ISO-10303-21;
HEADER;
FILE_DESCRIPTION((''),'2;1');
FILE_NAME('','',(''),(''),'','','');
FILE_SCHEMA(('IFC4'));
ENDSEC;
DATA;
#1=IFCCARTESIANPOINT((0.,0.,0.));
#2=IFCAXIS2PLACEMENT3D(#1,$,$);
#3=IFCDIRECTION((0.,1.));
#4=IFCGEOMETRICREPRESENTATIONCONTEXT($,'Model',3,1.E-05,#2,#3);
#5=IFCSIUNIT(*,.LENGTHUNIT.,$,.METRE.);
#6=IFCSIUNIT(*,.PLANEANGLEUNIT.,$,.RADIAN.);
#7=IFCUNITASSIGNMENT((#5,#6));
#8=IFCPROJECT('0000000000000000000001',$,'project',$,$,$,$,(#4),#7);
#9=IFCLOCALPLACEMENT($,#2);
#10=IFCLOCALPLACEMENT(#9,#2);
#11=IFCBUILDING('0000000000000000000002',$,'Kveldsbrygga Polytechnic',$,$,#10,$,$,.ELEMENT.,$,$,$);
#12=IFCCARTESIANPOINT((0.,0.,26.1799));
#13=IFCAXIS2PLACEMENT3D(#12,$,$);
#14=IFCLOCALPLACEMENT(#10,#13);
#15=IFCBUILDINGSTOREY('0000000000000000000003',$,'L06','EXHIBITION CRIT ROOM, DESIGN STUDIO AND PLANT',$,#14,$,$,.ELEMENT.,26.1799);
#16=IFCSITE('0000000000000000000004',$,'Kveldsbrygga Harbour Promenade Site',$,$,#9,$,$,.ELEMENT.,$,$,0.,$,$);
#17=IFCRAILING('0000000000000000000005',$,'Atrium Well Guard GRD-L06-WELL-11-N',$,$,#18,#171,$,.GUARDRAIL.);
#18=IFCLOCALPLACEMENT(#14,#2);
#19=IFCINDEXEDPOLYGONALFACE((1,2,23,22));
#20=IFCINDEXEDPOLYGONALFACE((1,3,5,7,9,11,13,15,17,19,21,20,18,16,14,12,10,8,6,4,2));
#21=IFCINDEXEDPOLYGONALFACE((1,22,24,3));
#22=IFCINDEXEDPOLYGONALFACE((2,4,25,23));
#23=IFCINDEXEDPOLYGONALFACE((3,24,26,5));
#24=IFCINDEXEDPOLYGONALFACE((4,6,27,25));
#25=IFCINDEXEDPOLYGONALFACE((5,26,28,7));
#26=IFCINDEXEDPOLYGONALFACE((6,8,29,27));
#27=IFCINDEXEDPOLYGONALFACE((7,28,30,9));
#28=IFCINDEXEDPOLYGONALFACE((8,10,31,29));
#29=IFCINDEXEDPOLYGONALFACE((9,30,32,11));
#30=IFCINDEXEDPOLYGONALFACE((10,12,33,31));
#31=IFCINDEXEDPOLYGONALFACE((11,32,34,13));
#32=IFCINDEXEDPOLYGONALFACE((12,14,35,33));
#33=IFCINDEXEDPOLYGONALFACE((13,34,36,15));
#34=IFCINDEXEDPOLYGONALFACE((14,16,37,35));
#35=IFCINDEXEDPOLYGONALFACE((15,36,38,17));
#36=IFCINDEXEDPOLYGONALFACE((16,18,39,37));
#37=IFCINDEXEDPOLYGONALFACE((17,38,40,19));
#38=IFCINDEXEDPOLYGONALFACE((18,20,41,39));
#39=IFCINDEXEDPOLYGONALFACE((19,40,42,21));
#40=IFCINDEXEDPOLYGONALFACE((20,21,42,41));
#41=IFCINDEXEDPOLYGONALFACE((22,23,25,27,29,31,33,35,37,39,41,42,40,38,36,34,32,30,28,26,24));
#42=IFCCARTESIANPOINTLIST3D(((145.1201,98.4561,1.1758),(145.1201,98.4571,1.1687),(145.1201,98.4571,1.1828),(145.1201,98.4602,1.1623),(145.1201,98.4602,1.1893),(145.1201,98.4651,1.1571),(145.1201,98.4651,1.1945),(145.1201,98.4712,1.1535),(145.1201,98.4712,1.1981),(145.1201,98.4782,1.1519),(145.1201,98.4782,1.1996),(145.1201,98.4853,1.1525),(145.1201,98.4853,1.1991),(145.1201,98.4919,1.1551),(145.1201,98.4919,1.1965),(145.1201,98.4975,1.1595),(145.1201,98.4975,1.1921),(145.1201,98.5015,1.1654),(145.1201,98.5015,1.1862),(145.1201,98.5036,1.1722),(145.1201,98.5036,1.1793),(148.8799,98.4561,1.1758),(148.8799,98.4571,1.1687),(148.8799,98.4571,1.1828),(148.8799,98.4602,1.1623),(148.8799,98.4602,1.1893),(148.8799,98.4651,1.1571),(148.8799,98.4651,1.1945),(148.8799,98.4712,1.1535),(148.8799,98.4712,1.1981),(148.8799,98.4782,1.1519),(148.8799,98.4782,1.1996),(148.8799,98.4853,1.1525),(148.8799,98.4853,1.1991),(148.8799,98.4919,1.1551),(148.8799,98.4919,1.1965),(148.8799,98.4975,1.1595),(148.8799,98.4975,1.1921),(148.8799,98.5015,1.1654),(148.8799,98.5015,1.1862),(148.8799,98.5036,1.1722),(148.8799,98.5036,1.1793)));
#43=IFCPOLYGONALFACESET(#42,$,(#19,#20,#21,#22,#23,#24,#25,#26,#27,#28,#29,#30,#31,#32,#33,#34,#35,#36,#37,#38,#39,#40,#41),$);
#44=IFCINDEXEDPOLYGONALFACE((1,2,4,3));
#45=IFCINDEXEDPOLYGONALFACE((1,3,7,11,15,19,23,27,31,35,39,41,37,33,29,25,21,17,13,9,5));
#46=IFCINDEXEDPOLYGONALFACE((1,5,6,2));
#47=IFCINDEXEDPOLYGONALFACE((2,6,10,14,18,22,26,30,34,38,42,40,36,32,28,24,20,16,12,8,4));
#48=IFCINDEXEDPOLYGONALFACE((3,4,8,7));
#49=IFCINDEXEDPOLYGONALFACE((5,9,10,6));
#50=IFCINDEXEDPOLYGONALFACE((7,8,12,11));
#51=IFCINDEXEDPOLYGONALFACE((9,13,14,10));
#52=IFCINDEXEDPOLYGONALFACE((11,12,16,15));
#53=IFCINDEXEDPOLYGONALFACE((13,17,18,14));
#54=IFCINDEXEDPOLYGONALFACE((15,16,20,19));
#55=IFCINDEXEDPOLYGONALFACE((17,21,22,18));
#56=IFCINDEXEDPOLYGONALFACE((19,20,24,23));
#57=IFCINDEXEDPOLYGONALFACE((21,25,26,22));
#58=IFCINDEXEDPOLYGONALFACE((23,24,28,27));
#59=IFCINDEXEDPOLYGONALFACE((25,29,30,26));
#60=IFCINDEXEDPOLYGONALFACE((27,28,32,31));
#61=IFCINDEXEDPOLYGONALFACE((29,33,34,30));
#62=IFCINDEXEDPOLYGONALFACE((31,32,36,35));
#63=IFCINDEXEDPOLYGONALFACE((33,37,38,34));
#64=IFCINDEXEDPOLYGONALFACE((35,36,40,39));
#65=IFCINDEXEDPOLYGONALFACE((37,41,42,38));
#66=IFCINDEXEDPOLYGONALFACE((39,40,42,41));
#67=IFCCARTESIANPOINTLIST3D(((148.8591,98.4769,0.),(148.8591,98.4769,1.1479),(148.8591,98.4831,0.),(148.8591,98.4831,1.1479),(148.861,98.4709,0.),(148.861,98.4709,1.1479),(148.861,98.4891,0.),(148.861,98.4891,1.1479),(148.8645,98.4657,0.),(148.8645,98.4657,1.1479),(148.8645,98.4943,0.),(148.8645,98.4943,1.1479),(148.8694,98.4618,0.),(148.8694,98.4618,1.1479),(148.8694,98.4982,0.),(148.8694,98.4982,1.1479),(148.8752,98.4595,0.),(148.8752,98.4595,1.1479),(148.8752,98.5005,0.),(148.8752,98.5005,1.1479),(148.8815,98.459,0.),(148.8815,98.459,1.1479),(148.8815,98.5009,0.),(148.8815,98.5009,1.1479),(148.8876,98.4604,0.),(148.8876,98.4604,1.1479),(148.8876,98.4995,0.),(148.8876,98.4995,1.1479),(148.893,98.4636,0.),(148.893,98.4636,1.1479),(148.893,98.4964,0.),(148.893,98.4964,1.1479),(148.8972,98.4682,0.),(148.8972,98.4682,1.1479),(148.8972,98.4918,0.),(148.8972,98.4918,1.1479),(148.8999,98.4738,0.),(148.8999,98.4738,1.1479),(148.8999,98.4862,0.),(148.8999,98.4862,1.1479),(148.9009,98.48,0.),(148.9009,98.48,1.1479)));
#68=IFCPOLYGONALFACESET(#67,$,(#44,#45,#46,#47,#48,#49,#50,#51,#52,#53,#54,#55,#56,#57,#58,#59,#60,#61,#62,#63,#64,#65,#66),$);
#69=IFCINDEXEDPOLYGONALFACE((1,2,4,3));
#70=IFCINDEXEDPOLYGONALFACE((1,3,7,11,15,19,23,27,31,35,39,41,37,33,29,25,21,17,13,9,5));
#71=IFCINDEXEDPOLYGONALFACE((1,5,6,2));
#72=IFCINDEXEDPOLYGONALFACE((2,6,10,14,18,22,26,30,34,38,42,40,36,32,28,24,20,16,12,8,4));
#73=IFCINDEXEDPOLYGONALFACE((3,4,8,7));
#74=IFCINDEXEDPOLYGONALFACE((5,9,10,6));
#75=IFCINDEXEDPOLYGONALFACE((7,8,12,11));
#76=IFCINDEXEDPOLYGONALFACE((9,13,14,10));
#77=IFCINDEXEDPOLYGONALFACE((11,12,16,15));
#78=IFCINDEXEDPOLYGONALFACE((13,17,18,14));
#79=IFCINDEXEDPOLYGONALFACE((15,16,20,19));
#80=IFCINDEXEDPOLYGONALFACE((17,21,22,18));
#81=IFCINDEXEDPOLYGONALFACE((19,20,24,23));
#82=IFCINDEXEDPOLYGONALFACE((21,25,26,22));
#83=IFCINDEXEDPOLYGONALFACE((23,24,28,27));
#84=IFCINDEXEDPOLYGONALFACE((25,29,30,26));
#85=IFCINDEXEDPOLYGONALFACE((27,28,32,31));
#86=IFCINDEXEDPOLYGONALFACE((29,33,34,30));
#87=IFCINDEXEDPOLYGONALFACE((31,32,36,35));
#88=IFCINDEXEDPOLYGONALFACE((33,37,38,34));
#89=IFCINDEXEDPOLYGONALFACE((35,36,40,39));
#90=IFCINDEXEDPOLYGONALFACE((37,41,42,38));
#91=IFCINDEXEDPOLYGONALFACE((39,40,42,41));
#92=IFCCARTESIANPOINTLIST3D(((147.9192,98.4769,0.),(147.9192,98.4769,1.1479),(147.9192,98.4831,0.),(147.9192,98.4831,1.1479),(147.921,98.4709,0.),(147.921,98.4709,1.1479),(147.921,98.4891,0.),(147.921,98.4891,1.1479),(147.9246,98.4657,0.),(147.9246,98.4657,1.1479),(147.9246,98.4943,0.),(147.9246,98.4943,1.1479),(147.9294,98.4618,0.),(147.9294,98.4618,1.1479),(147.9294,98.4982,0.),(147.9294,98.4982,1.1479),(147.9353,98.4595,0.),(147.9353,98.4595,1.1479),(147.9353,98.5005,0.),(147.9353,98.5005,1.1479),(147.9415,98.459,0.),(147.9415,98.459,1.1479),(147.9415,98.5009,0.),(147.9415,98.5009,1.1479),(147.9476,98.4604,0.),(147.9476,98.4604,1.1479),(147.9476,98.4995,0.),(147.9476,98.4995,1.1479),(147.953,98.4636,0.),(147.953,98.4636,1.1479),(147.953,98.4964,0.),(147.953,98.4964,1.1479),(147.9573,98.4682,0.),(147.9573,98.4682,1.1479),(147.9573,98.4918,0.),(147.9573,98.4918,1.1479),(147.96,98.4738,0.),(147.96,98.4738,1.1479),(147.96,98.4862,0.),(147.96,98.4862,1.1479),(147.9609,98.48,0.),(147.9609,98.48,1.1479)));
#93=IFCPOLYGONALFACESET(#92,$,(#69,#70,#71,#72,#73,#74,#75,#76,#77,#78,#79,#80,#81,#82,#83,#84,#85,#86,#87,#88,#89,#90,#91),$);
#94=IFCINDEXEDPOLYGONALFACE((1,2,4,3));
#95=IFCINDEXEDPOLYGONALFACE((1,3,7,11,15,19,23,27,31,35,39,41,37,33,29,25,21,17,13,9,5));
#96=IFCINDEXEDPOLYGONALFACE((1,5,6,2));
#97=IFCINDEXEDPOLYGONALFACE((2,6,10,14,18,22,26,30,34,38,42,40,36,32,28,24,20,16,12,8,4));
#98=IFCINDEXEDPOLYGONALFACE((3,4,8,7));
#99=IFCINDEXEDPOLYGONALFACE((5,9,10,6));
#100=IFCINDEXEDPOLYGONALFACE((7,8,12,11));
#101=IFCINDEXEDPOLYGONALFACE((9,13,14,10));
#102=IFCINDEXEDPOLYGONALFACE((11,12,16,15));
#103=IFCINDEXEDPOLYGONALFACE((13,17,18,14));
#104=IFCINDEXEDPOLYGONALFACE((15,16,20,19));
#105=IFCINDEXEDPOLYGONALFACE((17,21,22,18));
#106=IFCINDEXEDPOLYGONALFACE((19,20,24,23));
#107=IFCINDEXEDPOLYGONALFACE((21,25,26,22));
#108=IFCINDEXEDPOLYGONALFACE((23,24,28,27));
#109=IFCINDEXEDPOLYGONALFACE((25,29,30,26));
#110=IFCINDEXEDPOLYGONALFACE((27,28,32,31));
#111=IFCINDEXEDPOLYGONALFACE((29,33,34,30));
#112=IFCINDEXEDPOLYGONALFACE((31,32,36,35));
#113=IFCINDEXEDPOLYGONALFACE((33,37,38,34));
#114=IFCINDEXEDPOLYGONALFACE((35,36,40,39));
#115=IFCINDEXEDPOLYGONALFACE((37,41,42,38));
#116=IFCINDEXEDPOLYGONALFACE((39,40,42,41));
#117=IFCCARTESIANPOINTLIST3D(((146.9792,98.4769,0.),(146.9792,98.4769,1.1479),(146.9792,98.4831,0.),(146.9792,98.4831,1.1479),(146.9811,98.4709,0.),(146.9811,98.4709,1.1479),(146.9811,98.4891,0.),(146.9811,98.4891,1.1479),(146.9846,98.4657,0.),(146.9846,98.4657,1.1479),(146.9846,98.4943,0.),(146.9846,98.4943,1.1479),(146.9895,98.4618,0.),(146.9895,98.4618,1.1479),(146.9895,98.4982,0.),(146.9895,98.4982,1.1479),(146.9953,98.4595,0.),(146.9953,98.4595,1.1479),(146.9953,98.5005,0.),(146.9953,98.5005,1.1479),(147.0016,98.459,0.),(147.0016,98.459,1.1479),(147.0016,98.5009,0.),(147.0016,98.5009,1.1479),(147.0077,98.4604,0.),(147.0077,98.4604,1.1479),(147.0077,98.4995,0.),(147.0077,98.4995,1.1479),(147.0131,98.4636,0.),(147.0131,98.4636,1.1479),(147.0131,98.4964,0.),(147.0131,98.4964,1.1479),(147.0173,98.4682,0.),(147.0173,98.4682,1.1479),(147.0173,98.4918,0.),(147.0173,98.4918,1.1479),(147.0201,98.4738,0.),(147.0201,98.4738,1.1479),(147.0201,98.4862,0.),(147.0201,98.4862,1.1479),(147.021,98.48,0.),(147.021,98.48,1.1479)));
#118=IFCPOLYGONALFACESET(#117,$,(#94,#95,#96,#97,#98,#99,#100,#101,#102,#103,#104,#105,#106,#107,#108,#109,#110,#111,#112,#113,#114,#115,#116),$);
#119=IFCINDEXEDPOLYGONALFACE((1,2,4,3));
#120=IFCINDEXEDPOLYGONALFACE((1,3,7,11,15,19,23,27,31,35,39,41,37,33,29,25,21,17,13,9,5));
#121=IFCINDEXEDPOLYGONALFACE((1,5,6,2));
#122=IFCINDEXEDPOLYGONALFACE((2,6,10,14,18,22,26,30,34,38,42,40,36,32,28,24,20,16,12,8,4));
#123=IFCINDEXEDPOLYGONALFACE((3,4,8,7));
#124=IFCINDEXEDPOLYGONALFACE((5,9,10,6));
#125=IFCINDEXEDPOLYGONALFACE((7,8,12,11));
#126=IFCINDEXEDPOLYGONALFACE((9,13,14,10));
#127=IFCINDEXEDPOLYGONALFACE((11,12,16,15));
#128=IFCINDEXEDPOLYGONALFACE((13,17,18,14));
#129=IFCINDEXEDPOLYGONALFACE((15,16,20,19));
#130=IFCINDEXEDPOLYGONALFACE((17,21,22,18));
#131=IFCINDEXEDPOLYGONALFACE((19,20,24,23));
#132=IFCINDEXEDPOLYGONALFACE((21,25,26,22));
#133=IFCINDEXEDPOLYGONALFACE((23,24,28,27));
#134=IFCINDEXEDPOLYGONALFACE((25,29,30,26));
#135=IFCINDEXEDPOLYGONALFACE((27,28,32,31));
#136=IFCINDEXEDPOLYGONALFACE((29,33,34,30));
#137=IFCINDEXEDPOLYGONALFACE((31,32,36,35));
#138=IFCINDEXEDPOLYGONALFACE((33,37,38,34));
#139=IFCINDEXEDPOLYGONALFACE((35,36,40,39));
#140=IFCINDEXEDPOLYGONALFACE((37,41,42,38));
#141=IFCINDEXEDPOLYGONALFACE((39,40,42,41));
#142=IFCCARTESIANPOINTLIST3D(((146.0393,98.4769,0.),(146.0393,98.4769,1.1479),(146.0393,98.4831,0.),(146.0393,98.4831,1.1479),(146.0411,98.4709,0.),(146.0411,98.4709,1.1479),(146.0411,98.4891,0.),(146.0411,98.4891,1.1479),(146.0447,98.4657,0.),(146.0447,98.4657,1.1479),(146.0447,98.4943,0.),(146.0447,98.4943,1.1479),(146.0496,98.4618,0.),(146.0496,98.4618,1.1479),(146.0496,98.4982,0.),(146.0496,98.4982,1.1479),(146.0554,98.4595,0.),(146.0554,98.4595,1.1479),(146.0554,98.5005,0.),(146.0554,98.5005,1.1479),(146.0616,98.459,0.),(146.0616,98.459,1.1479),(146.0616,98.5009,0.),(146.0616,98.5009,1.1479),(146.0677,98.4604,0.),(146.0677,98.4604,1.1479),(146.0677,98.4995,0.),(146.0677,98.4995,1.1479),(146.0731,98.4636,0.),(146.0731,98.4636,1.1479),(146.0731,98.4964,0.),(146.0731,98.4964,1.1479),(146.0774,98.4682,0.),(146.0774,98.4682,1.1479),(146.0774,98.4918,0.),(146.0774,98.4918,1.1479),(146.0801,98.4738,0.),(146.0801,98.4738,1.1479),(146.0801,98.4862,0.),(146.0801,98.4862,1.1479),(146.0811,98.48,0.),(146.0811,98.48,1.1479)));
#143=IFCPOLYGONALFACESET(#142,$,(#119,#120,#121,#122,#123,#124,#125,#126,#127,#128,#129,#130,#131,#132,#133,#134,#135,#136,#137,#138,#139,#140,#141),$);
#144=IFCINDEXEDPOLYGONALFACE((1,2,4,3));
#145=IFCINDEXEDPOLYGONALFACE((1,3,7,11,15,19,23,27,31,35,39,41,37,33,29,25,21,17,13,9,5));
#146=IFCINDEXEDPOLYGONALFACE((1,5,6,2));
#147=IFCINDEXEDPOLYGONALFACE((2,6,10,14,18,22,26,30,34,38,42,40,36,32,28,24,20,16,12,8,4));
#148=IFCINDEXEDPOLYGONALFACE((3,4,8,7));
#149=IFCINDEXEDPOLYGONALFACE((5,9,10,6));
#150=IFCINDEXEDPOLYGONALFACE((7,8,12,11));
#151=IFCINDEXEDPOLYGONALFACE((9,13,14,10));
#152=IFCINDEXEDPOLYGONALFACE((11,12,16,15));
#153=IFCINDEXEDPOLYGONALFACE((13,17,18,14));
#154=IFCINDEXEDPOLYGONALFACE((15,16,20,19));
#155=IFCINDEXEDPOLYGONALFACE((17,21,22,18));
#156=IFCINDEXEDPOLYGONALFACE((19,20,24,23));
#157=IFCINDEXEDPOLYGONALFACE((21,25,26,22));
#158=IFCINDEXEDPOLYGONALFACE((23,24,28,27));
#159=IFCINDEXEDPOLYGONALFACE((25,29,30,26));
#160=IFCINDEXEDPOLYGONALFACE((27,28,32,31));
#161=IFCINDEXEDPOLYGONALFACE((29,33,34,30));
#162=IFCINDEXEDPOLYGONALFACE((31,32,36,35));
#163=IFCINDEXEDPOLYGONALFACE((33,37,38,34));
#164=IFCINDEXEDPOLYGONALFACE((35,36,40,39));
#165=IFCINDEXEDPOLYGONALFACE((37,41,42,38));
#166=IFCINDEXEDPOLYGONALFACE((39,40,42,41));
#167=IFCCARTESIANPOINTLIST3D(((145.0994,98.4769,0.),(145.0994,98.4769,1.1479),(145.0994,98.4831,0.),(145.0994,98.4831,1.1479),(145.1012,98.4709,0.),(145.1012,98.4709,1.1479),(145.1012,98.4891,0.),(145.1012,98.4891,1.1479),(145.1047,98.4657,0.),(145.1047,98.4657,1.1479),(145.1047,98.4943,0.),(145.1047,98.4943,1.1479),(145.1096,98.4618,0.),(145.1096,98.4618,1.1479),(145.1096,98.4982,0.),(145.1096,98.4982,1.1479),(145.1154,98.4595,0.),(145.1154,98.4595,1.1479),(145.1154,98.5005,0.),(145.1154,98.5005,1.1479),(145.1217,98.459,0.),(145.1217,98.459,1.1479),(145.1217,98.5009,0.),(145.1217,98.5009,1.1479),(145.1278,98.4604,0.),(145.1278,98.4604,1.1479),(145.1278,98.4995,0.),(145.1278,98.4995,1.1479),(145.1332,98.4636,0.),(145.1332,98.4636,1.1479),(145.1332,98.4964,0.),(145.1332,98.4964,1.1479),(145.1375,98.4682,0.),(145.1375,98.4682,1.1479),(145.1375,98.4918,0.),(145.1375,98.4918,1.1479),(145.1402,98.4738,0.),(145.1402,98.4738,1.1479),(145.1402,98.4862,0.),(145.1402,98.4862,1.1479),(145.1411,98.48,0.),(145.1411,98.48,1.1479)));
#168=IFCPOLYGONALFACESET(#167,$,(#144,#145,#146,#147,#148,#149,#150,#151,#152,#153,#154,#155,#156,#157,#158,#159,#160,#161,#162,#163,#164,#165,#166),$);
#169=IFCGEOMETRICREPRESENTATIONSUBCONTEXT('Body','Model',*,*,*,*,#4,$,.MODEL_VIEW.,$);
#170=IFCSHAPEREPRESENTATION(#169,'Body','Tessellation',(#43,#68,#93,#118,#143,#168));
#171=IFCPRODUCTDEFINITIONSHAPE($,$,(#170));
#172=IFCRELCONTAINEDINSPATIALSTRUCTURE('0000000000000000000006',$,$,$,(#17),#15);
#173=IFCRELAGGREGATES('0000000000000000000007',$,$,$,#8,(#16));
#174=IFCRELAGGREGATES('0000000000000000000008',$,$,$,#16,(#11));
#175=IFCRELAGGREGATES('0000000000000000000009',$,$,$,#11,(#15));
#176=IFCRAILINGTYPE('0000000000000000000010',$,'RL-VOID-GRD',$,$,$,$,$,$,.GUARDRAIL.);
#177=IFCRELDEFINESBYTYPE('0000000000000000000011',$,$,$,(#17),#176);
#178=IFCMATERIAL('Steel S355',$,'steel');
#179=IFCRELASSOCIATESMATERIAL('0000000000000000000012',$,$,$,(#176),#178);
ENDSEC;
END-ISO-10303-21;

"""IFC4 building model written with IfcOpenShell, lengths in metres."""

from ifc_helpers import new_model, si_unit, direction, frame, origin, origin_2d, place, context, subcontext, project, spatial, circle, extrude, material, type_object, element, save


model = new_model("IFC4")

# Units and contexts
model_context = context("Model", 3, precision=1e-05, world=origin(), true_north=direction((0.0, 1.0)))
body_context = subcontext(model_context, "Body", "Model", "MODEL_VIEW")
ifc_project = project(units=[si_unit("LENGTHUNIT", "METRE"), si_unit("PLANEANGLEUNIT", "RADIAN")], contexts=[model_context])

# Site, building, storey
site_placement = place(None, origin())
site = spatial("IfcSite", under=ifc_project, at=site_placement, Name="Kveldsbrygga Harbour Promenade Site", CompositionType="ELEMENT", RefElevation=0.0)
building_placement = place(site_placement, origin())
building = spatial("IfcBuilding", under=site, at=building_placement, Name="Kveldsbrygga Polytechnic", CompositionType="ELEMENT")
storey_placement = place(building_placement, frame((0.0, 0.0, 26.1799)))
storey = spatial("IfcBuildingStorey", under=building, at=storey_placement, Name="L06", Description="EXHIBITION CRIT ROOM, DESIGN STUDIO AND PLANT", CompositionType="ELEMENT", Elevation=26.1799)

# Shared definitions
ifc_material_1 = material(Name="Steel S355", Category="steel")

# Railing
railing_type = type_object("IfcRailingType", Name="RL-VOID-GRD", PredefinedType="GUARDRAIL", material=ifc_material_1)
railing_1_placement = place(storey_placement, frame((148.8799, 98.48, 0.0)))
element("IfcRailing", 1, at=railing_1_placement, inside=storey, type_object=railing_type, Name="Atrium Well Guard GRD-L06-WELL-11-N", PredefinedType="GUARDRAIL", context=body_context, shape_type="SweptSolid", body=[
    extrude(circle(Radius=0.0239, at=origin_2d()), frame((0.0, 0.0, 1.1758), z_axis=(-1.0, 0.0, 0.0), x_axis=(0.0, -1.0, 0.0)), (0.0, 0.0, 1.0), 3.7598),
    extrude(circle(Radius=0.021, at=origin_2d()), origin(), (0.0, 0.0, 1.0), 1.1479),
    extrude(circle(Radius=0.021, at=origin_2d()), frame((-0.9399, 0.0, 0.0)), (0.0, 0.0, 1.0), 1.1479),
    extrude(circle(Radius=0.021, at=origin_2d()), frame((-1.8799, 0.0, 0.0)), (0.0, 0.0, 1.0), 1.1479),
    extrude(circle(Radius=0.021, at=origin_2d()), frame((-2.8198, 0.0, 0.0)), (0.0, 0.0, 1.0), 1.1479),
    extrude(circle(Radius=0.021, at=origin_2d()), frame((-3.7598, 0.0, 0.0)), (0.0, 0.0, 1.0), 1.1479),
])

save(model, "model.ifc")
